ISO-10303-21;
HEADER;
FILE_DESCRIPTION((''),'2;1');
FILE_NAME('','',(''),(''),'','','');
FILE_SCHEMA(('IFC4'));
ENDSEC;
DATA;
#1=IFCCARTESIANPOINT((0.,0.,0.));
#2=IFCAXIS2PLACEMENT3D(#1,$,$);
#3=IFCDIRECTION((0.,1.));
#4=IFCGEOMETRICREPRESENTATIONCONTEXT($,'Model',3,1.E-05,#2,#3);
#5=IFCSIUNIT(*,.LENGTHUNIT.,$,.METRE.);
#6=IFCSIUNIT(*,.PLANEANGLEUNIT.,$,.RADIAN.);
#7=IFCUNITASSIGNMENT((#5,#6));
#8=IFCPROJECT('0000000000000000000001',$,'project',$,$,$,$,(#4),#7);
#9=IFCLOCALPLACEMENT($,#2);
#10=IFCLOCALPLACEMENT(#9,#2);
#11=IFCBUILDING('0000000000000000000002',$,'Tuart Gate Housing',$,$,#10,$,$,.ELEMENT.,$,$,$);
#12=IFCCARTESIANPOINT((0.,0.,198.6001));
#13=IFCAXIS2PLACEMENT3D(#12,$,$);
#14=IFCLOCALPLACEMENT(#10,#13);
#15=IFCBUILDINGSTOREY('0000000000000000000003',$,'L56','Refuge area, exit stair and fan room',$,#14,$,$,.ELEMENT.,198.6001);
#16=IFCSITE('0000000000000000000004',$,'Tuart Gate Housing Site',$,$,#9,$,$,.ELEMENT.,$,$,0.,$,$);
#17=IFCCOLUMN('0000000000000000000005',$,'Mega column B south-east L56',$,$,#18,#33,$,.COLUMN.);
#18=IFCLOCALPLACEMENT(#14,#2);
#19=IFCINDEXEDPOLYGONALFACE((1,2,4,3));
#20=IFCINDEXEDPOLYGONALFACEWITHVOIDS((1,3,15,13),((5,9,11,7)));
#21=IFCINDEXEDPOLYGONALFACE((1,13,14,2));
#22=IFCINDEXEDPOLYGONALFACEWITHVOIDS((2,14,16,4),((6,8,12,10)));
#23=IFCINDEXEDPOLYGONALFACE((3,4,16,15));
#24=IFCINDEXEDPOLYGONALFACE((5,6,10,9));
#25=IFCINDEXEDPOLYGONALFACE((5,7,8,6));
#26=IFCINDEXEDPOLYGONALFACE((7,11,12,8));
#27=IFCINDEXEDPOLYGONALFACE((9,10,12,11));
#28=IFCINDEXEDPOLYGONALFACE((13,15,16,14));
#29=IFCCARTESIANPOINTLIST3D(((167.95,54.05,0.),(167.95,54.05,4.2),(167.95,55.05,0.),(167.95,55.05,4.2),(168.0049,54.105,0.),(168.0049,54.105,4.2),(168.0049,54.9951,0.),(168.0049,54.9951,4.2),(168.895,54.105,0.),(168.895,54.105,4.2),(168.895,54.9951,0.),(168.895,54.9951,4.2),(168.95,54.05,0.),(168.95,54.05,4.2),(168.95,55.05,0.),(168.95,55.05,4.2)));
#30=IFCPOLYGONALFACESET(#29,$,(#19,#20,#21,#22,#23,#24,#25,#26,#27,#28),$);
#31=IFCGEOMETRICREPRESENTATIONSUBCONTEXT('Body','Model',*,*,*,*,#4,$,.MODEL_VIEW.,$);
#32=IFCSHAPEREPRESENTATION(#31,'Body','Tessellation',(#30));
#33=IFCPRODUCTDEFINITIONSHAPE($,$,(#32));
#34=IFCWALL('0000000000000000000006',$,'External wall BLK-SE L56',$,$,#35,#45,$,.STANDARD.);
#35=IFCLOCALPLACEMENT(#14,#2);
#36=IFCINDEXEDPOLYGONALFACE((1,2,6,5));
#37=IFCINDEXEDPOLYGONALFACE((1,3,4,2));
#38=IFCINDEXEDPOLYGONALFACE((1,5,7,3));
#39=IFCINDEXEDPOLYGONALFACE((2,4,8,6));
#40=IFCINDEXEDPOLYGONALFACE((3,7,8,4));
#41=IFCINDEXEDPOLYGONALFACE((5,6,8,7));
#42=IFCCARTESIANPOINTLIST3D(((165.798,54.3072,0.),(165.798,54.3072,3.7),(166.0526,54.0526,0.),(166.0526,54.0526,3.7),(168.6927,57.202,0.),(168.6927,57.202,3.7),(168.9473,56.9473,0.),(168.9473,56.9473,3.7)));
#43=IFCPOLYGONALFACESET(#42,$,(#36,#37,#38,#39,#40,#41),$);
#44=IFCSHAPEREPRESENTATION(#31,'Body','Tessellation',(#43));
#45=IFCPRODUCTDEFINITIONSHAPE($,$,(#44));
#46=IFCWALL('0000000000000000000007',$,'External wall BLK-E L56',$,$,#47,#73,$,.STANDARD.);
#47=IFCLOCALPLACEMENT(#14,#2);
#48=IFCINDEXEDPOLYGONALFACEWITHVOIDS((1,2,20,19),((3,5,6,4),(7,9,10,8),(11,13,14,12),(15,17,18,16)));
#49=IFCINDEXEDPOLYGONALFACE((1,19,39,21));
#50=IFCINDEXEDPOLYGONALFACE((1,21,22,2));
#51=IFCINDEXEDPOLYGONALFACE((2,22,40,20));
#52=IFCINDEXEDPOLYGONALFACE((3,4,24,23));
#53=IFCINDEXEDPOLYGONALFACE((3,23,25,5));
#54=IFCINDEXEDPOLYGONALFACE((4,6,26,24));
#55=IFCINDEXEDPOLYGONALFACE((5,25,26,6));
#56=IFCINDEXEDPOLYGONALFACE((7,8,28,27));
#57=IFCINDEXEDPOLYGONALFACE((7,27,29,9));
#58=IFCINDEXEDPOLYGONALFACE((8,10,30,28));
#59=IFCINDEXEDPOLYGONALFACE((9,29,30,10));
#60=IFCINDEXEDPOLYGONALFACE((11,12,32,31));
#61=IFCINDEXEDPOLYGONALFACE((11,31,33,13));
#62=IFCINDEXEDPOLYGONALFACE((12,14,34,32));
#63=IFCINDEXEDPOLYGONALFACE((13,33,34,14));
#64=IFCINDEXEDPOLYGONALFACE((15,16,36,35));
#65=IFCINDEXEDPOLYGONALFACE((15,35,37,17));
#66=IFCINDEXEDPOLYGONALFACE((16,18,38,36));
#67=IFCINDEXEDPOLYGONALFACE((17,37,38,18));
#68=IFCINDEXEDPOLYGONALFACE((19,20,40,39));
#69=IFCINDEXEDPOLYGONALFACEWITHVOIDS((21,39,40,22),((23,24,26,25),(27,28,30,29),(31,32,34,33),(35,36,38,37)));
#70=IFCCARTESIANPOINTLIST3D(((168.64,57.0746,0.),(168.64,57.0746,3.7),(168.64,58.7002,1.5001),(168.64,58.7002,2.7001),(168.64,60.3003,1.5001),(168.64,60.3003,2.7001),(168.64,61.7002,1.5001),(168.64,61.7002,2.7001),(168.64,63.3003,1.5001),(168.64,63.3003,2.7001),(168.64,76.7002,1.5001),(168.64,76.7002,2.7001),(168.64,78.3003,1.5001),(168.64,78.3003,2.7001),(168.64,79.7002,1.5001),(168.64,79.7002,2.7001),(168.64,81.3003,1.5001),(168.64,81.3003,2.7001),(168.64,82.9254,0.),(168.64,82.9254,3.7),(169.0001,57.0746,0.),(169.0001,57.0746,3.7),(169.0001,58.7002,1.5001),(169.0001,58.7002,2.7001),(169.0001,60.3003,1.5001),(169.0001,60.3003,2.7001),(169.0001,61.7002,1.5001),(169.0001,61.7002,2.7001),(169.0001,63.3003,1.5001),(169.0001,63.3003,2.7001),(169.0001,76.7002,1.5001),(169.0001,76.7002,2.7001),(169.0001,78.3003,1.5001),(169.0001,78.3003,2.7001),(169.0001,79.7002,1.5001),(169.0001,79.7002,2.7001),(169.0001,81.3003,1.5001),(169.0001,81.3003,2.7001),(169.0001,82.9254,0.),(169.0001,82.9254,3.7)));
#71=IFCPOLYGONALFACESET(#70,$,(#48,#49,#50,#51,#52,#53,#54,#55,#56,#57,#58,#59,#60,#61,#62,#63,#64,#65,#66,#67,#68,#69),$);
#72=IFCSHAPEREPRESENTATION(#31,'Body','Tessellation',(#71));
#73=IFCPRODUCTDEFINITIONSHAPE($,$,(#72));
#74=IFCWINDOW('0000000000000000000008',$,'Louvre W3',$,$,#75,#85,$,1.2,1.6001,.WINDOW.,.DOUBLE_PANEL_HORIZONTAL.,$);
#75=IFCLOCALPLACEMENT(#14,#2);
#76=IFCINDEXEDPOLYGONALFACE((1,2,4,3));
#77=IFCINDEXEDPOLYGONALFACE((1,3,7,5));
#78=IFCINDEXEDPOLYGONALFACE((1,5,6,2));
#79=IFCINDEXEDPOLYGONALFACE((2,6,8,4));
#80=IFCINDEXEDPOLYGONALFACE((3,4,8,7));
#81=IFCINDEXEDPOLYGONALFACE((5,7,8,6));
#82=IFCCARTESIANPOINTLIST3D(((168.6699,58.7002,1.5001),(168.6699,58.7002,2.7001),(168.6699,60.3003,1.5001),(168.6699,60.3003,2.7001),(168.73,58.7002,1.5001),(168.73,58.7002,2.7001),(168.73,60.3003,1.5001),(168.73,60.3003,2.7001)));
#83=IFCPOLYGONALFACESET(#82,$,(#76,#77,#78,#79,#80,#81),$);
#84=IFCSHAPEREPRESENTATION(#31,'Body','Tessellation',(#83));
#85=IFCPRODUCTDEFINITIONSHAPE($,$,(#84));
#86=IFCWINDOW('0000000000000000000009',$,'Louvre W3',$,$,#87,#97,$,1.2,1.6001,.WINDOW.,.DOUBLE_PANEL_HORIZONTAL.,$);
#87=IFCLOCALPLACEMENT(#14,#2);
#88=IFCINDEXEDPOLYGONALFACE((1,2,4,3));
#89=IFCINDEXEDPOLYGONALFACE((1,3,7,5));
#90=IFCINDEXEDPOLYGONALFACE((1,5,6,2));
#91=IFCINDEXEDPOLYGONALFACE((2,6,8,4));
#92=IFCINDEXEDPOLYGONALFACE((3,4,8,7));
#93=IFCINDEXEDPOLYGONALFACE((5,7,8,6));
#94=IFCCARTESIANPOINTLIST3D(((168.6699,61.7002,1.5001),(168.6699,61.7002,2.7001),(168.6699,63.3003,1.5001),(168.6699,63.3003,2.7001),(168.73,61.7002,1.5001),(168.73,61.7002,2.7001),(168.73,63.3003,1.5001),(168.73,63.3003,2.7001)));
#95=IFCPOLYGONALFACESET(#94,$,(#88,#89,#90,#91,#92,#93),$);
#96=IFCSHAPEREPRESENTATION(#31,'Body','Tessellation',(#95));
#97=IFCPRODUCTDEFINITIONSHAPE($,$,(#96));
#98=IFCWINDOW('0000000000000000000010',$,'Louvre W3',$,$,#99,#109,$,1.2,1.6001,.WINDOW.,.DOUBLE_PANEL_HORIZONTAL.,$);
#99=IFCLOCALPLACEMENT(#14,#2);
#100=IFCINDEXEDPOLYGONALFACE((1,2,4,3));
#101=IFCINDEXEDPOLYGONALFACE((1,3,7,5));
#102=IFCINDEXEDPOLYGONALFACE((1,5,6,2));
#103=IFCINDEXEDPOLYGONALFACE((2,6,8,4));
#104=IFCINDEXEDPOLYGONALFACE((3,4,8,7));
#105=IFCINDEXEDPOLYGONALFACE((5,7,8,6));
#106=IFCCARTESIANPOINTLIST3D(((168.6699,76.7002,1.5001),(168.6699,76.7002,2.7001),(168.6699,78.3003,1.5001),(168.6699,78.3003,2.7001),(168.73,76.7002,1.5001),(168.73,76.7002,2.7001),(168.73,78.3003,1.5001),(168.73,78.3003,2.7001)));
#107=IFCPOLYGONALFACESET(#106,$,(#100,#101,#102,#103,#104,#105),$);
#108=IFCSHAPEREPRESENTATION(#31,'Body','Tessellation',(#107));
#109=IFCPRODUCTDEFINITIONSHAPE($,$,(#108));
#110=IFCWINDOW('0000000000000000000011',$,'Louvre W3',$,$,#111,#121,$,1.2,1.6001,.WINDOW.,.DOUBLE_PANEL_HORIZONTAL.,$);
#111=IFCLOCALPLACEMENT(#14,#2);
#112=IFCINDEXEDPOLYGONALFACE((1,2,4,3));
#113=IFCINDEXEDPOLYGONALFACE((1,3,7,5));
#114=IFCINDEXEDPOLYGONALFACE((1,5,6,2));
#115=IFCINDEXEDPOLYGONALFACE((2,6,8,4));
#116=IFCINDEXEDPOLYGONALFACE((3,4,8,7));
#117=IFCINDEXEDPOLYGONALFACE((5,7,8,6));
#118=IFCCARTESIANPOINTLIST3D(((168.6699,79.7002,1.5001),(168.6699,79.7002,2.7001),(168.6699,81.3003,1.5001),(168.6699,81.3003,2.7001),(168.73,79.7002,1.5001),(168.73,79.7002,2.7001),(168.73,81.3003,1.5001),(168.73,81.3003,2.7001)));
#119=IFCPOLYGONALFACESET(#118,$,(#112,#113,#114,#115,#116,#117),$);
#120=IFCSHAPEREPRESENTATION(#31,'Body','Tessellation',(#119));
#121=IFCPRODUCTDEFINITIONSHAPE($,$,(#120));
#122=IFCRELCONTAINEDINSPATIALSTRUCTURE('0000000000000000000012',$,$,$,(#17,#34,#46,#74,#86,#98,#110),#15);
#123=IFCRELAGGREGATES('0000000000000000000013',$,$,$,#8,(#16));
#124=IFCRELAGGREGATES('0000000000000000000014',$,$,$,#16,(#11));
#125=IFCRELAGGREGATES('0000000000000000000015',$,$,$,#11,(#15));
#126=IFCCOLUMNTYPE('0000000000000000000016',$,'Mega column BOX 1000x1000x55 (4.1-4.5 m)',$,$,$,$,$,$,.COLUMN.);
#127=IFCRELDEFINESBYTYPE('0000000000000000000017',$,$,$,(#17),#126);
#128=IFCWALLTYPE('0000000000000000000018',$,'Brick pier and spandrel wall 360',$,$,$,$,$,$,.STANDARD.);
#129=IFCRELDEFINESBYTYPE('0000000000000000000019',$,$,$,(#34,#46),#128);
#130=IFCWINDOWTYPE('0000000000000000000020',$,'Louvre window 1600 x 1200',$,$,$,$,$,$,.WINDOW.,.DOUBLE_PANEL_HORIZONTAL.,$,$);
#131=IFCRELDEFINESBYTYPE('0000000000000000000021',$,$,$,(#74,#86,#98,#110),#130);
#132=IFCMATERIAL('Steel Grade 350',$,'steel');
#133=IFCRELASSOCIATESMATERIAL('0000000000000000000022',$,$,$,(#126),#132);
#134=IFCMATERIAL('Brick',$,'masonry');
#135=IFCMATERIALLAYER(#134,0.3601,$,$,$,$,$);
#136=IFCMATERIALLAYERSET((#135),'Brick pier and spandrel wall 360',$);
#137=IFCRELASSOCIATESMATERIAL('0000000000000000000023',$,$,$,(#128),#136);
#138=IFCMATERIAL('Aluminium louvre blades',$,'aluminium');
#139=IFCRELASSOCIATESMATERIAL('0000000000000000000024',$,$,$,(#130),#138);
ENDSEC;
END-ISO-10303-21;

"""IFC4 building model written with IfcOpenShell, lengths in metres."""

from ifc_helpers import new_model, si_unit, direction, frame, frame_2d, origin, origin_2d, place, context, subcontext, project, spatial, rectangle, hollow_rectangle, extrude, material, layer, layer_set, material_profile, profile_set, type_object, element, fill, save


model = new_model("IFC4")

# Units and contexts
model_context = context("Model", 3, precision=1e-05, world=origin(), true_north=direction((0.0, 1.0)))
body_context = subcontext(model_context, "Body", "Model", "MODEL_VIEW")
ifc_project = project(units=[si_unit("LENGTHUNIT", "METRE"), si_unit("PLANEANGLEUNIT", "RADIAN")], contexts=[model_context])

# Site, building, storey
site_placement = place(None, origin())
site = spatial("IfcSite", under=ifc_project, at=site_placement, Name="Tuart Gate Housing Site", CompositionType="ELEMENT", RefElevation=0.0)
building_placement = place(site_placement, origin())
building = spatial("IfcBuilding", under=site, at=building_placement, Name="Tuart Gate Housing", CompositionType="ELEMENT")
storey_placement = place(building_placement, frame((0.0, 0.0, 198.6001)))
storey = spatial("IfcBuildingStorey", under=building, at=storey_placement, Name="L56", Description="Refuge area, exit stair and fan room", CompositionType="ELEMENT", Elevation=198.6001)

# Column
ifc_material_1 = material(Name="Steel Grade 350", Category="steel")
ifc_material_profile = material_profile(ifc_material_1, hollow_rectangle(XDim=1.0, YDim=1.0, WallThickness=0.0549, at=origin_2d()), Name="BOX 1000x1000x55")
ifc_profile_set = profile_set([ifc_material_profile], Name="Steel Grade 350")
column_type = type_object("IfcColumnType", Name="Mega column BOX 1000x1000x55 (4.1-4.5 m)", PredefinedType="COLUMN", material=ifc_profile_set)
column_placement = place(storey_placement, frame((168.45, 54.55, 0.0), z_axis=(0.0, 0.0, 1.0), x_axis=(1.0, 0.0, 0.0)))
element("IfcColumn", 1, at=column_placement, inside=storey, type_object=column_type, Name="Mega column B south-east L56", PredefinedType="COLUMN", context=body_context, shape_type="SweptSolid", body=[
    extrude(hollow_rectangle(XDim=1.0, YDim=1.0, WallThickness=0.0549, at=origin_2d()), origin(), (0.0, 0.0, 1.0), 4.2),
])

# Wall
ifc_material_2 = material(Name="Brick", Category="masonry")
ifc_layer_1 = layer(ifc_material_2, 0.3601)
ifc_layer_set_1 = layer_set([ifc_layer_1], Name="Brick pier and spandrel wall 360")
wall_type_1 = type_object("IfcWallType", Name="Brick pier and spandrel wall 360", PredefinedType="STANDARD", material=ifc_layer_set_1)
wall_1_placement = place(storey_placement, frame((165.9253, 54.1799, 0.0), z_axis=(0.0, 0.0, 1.0), x_axis=(0.707107, 0.707107, 0.0)))
element("IfcWall", 2, at=wall_1_placement, inside=storey, type_object=wall_type_1, Name="External wall BLK-SE L56", PredefinedType="STANDARD", context=body_context, shape_type="SweptSolid", body=[
    extrude(rectangle(XDim=4.0938, YDim=0.3601, at=frame_2d((2.0469, 0.0))), origin(), (0.0, 0.0, 1.0), 3.7),
])

# Wall, openings, windows
wall_2_placement = place(storey_placement, frame((168.8201, 57.0747, 0.0), z_axis=(0.0, 0.0, 1.0), x_axis=(0.0, 1.0, 0.0)))
wall_2 = element("IfcWall", 3, at=wall_2_placement, inside=storey, type_object=wall_type_1, Name="External wall BLK-E L56", PredefinedType="STANDARD", context=body_context, shape_type="SweptSolid", body=[
    extrude(rectangle(XDim=25.8508, YDim=0.3601, at=frame_2d((12.9253, 0.0))), origin(), (0.0, 0.0, 1.0), 3.7),
])
opening_1_placement = place(wall_2_placement, frame((1.6255, 0.0, 1.5)))
opening_1 = element("IfcOpeningElement", 4, at=opening_1_placement, cuts=wall_2, PredefinedType="OPENING", context=body_context, shape_type="SweptSolid", body=[
    extrude(rectangle(XDim=1.6001, YDim=1.2, at=frame_2d((0.8, 0.6001))), frame((0.0, 0.1899, 0.0), z_axis=(0.0, -1.0, 0.0), x_axis=(1.0, 0.0, 0.0)), (0.0, 0.0, 1.0), 0.3801),
])
opening_2_placement = place(wall_2_placement, frame((4.6255, 0.0, 1.5)))
opening_2 = element("IfcOpeningElement", 5, at=opening_2_placement, cuts=wall_2, PredefinedType="OPENING", context=body_context, shape_type="SweptSolid", body=[
    extrude(rectangle(XDim=1.6001, YDim=1.2, at=frame_2d((0.8, 0.6001))), frame((0.0, 0.1899, 0.0), z_axis=(0.0, -1.0, 0.0), x_axis=(1.0, 0.0, 0.0)), (0.0, 0.0, 1.0), 0.3801),
])
opening_3_placement = place(wall_2_placement, frame((19.6255, 0.0, 1.5)))
opening_3 = element("IfcOpeningElement", 6, at=opening_3_placement, cuts=wall_2, PredefinedType="OPENING", context=body_context, shape_type="SweptSolid", body=[
    extrude(rectangle(XDim=1.6001, YDim=1.2, at=frame_2d((0.8, 0.6001))), frame((0.0, 0.1899, 0.0), z_axis=(0.0, -1.0, 0.0), x_axis=(1.0, 0.0, 0.0)), (0.0, 0.0, 1.0), 0.3801),
])
opening_4_placement = place(wall_2_placement, frame((22.6255, 0.0, 1.5)))
opening_4 = element("IfcOpeningElement", 7, at=opening_4_placement, cuts=wall_2, PredefinedType="OPENING", context=body_context, shape_type="SweptSolid", body=[
    extrude(rectangle(XDim=1.6001, YDim=1.2, at=frame_2d((0.8, 0.6001))), frame((0.0, 0.1899, 0.0), z_axis=(0.0, -1.0, 0.0), x_axis=(1.0, 0.0, 0.0)), (0.0, 0.0, 1.0), 0.3801),
])
ifc_material_3 = material(Name="Aluminium louvre blades", Category="aluminium")
window_type = type_object("IfcWindowType", Name="Louvre window 1600 x 1200", PartitioningType="DOUBLE_PANEL_HORIZONTAL", PredefinedType="WINDOW", material=ifc_material_3)
window_1_placement = place(opening_1_placement, origin())
window_1 = element("IfcWindow", 8, at=window_1_placement, inside=storey, type_object=window_type, Name="Louvre W3", OverallHeight=1.2, OverallWidth=1.6001, PartitioningType="DOUBLE_PANEL_HORIZONTAL", PredefinedType="WINDOW", context=body_context, shape_type="SweptSolid", body=[
    extrude(rectangle(XDim=1.6001, YDim=1.2, at=frame_2d((0.8, 0.6001))), frame((0.0, 0.1501, 0.0), z_axis=(0.0, -1.0, 0.0), x_axis=(1.0, 0.0, 0.0)), (0.0, 0.0, 1.0), 0.0601),
])
fill(opening_1, window_1)
window_2_placement = place(opening_2_placement, origin())
window_2 = element("IfcWindow", 9, at=window_2_placement, inside=storey, type_object=window_type, Name="Louvre W3", OverallHeight=1.2, OverallWidth=1.6001, PartitioningType="DOUBLE_PANEL_HORIZONTAL", PredefinedType="WINDOW", context=body_context, shape_type="SweptSolid", body=[
    extrude(rectangle(XDim=1.6001, YDim=1.2, at=frame_2d((0.8, 0.6001))), frame((0.0, 0.1501, 0.0), z_axis=(0.0, -1.0, 0.0), x_axis=(1.0, 0.0, 0.0)), (0.0, 0.0, 1.0), 0.0601),
])
fill(opening_2, window_2)
window_3_placement = place(opening_3_placement, origin())
window_3 = element("IfcWindow", 10, at=window_3_placement, inside=storey, type_object=window_type, Name="Louvre W3", OverallHeight=1.2, OverallWidth=1.6001, PartitioningType="DOUBLE_PANEL_HORIZONTAL", PredefinedType="WINDOW", context=body_context, shape_type="SweptSolid", body=[
    extrude(rectangle(XDim=1.6001, YDim=1.2, at=frame_2d((0.8, 0.6001))), frame((0.0, 0.1501, 0.0), z_axis=(0.0, -1.0, 0.0), x_axis=(1.0, 0.0, 0.0)), (0.0, 0.0, 1.0), 0.0601),
])
fill(opening_3, window_3)
window_4_placement = place(opening_4_placement, origin())
window_4 = element("IfcWindow", 11, at=window_4_placement, inside=storey, type_object=window_type, Name="Louvre W3", OverallHeight=1.2, OverallWidth=1.6001, PartitioningType="DOUBLE_PANEL_HORIZONTAL", PredefinedType="WINDOW", context=body_context, shape_type="SweptSolid", body=[
    extrude(rectangle(XDim=1.6001, YDim=1.2, at=frame_2d((0.8, 0.6001))), frame((0.0, 0.1501, 0.0), z_axis=(0.0, -1.0, 0.0), x_axis=(1.0, 0.0, 0.0)), (0.0, 0.0, 1.0), 0.0601),
])
fill(opening_4, window_4)

save(model, "model.ifc")
